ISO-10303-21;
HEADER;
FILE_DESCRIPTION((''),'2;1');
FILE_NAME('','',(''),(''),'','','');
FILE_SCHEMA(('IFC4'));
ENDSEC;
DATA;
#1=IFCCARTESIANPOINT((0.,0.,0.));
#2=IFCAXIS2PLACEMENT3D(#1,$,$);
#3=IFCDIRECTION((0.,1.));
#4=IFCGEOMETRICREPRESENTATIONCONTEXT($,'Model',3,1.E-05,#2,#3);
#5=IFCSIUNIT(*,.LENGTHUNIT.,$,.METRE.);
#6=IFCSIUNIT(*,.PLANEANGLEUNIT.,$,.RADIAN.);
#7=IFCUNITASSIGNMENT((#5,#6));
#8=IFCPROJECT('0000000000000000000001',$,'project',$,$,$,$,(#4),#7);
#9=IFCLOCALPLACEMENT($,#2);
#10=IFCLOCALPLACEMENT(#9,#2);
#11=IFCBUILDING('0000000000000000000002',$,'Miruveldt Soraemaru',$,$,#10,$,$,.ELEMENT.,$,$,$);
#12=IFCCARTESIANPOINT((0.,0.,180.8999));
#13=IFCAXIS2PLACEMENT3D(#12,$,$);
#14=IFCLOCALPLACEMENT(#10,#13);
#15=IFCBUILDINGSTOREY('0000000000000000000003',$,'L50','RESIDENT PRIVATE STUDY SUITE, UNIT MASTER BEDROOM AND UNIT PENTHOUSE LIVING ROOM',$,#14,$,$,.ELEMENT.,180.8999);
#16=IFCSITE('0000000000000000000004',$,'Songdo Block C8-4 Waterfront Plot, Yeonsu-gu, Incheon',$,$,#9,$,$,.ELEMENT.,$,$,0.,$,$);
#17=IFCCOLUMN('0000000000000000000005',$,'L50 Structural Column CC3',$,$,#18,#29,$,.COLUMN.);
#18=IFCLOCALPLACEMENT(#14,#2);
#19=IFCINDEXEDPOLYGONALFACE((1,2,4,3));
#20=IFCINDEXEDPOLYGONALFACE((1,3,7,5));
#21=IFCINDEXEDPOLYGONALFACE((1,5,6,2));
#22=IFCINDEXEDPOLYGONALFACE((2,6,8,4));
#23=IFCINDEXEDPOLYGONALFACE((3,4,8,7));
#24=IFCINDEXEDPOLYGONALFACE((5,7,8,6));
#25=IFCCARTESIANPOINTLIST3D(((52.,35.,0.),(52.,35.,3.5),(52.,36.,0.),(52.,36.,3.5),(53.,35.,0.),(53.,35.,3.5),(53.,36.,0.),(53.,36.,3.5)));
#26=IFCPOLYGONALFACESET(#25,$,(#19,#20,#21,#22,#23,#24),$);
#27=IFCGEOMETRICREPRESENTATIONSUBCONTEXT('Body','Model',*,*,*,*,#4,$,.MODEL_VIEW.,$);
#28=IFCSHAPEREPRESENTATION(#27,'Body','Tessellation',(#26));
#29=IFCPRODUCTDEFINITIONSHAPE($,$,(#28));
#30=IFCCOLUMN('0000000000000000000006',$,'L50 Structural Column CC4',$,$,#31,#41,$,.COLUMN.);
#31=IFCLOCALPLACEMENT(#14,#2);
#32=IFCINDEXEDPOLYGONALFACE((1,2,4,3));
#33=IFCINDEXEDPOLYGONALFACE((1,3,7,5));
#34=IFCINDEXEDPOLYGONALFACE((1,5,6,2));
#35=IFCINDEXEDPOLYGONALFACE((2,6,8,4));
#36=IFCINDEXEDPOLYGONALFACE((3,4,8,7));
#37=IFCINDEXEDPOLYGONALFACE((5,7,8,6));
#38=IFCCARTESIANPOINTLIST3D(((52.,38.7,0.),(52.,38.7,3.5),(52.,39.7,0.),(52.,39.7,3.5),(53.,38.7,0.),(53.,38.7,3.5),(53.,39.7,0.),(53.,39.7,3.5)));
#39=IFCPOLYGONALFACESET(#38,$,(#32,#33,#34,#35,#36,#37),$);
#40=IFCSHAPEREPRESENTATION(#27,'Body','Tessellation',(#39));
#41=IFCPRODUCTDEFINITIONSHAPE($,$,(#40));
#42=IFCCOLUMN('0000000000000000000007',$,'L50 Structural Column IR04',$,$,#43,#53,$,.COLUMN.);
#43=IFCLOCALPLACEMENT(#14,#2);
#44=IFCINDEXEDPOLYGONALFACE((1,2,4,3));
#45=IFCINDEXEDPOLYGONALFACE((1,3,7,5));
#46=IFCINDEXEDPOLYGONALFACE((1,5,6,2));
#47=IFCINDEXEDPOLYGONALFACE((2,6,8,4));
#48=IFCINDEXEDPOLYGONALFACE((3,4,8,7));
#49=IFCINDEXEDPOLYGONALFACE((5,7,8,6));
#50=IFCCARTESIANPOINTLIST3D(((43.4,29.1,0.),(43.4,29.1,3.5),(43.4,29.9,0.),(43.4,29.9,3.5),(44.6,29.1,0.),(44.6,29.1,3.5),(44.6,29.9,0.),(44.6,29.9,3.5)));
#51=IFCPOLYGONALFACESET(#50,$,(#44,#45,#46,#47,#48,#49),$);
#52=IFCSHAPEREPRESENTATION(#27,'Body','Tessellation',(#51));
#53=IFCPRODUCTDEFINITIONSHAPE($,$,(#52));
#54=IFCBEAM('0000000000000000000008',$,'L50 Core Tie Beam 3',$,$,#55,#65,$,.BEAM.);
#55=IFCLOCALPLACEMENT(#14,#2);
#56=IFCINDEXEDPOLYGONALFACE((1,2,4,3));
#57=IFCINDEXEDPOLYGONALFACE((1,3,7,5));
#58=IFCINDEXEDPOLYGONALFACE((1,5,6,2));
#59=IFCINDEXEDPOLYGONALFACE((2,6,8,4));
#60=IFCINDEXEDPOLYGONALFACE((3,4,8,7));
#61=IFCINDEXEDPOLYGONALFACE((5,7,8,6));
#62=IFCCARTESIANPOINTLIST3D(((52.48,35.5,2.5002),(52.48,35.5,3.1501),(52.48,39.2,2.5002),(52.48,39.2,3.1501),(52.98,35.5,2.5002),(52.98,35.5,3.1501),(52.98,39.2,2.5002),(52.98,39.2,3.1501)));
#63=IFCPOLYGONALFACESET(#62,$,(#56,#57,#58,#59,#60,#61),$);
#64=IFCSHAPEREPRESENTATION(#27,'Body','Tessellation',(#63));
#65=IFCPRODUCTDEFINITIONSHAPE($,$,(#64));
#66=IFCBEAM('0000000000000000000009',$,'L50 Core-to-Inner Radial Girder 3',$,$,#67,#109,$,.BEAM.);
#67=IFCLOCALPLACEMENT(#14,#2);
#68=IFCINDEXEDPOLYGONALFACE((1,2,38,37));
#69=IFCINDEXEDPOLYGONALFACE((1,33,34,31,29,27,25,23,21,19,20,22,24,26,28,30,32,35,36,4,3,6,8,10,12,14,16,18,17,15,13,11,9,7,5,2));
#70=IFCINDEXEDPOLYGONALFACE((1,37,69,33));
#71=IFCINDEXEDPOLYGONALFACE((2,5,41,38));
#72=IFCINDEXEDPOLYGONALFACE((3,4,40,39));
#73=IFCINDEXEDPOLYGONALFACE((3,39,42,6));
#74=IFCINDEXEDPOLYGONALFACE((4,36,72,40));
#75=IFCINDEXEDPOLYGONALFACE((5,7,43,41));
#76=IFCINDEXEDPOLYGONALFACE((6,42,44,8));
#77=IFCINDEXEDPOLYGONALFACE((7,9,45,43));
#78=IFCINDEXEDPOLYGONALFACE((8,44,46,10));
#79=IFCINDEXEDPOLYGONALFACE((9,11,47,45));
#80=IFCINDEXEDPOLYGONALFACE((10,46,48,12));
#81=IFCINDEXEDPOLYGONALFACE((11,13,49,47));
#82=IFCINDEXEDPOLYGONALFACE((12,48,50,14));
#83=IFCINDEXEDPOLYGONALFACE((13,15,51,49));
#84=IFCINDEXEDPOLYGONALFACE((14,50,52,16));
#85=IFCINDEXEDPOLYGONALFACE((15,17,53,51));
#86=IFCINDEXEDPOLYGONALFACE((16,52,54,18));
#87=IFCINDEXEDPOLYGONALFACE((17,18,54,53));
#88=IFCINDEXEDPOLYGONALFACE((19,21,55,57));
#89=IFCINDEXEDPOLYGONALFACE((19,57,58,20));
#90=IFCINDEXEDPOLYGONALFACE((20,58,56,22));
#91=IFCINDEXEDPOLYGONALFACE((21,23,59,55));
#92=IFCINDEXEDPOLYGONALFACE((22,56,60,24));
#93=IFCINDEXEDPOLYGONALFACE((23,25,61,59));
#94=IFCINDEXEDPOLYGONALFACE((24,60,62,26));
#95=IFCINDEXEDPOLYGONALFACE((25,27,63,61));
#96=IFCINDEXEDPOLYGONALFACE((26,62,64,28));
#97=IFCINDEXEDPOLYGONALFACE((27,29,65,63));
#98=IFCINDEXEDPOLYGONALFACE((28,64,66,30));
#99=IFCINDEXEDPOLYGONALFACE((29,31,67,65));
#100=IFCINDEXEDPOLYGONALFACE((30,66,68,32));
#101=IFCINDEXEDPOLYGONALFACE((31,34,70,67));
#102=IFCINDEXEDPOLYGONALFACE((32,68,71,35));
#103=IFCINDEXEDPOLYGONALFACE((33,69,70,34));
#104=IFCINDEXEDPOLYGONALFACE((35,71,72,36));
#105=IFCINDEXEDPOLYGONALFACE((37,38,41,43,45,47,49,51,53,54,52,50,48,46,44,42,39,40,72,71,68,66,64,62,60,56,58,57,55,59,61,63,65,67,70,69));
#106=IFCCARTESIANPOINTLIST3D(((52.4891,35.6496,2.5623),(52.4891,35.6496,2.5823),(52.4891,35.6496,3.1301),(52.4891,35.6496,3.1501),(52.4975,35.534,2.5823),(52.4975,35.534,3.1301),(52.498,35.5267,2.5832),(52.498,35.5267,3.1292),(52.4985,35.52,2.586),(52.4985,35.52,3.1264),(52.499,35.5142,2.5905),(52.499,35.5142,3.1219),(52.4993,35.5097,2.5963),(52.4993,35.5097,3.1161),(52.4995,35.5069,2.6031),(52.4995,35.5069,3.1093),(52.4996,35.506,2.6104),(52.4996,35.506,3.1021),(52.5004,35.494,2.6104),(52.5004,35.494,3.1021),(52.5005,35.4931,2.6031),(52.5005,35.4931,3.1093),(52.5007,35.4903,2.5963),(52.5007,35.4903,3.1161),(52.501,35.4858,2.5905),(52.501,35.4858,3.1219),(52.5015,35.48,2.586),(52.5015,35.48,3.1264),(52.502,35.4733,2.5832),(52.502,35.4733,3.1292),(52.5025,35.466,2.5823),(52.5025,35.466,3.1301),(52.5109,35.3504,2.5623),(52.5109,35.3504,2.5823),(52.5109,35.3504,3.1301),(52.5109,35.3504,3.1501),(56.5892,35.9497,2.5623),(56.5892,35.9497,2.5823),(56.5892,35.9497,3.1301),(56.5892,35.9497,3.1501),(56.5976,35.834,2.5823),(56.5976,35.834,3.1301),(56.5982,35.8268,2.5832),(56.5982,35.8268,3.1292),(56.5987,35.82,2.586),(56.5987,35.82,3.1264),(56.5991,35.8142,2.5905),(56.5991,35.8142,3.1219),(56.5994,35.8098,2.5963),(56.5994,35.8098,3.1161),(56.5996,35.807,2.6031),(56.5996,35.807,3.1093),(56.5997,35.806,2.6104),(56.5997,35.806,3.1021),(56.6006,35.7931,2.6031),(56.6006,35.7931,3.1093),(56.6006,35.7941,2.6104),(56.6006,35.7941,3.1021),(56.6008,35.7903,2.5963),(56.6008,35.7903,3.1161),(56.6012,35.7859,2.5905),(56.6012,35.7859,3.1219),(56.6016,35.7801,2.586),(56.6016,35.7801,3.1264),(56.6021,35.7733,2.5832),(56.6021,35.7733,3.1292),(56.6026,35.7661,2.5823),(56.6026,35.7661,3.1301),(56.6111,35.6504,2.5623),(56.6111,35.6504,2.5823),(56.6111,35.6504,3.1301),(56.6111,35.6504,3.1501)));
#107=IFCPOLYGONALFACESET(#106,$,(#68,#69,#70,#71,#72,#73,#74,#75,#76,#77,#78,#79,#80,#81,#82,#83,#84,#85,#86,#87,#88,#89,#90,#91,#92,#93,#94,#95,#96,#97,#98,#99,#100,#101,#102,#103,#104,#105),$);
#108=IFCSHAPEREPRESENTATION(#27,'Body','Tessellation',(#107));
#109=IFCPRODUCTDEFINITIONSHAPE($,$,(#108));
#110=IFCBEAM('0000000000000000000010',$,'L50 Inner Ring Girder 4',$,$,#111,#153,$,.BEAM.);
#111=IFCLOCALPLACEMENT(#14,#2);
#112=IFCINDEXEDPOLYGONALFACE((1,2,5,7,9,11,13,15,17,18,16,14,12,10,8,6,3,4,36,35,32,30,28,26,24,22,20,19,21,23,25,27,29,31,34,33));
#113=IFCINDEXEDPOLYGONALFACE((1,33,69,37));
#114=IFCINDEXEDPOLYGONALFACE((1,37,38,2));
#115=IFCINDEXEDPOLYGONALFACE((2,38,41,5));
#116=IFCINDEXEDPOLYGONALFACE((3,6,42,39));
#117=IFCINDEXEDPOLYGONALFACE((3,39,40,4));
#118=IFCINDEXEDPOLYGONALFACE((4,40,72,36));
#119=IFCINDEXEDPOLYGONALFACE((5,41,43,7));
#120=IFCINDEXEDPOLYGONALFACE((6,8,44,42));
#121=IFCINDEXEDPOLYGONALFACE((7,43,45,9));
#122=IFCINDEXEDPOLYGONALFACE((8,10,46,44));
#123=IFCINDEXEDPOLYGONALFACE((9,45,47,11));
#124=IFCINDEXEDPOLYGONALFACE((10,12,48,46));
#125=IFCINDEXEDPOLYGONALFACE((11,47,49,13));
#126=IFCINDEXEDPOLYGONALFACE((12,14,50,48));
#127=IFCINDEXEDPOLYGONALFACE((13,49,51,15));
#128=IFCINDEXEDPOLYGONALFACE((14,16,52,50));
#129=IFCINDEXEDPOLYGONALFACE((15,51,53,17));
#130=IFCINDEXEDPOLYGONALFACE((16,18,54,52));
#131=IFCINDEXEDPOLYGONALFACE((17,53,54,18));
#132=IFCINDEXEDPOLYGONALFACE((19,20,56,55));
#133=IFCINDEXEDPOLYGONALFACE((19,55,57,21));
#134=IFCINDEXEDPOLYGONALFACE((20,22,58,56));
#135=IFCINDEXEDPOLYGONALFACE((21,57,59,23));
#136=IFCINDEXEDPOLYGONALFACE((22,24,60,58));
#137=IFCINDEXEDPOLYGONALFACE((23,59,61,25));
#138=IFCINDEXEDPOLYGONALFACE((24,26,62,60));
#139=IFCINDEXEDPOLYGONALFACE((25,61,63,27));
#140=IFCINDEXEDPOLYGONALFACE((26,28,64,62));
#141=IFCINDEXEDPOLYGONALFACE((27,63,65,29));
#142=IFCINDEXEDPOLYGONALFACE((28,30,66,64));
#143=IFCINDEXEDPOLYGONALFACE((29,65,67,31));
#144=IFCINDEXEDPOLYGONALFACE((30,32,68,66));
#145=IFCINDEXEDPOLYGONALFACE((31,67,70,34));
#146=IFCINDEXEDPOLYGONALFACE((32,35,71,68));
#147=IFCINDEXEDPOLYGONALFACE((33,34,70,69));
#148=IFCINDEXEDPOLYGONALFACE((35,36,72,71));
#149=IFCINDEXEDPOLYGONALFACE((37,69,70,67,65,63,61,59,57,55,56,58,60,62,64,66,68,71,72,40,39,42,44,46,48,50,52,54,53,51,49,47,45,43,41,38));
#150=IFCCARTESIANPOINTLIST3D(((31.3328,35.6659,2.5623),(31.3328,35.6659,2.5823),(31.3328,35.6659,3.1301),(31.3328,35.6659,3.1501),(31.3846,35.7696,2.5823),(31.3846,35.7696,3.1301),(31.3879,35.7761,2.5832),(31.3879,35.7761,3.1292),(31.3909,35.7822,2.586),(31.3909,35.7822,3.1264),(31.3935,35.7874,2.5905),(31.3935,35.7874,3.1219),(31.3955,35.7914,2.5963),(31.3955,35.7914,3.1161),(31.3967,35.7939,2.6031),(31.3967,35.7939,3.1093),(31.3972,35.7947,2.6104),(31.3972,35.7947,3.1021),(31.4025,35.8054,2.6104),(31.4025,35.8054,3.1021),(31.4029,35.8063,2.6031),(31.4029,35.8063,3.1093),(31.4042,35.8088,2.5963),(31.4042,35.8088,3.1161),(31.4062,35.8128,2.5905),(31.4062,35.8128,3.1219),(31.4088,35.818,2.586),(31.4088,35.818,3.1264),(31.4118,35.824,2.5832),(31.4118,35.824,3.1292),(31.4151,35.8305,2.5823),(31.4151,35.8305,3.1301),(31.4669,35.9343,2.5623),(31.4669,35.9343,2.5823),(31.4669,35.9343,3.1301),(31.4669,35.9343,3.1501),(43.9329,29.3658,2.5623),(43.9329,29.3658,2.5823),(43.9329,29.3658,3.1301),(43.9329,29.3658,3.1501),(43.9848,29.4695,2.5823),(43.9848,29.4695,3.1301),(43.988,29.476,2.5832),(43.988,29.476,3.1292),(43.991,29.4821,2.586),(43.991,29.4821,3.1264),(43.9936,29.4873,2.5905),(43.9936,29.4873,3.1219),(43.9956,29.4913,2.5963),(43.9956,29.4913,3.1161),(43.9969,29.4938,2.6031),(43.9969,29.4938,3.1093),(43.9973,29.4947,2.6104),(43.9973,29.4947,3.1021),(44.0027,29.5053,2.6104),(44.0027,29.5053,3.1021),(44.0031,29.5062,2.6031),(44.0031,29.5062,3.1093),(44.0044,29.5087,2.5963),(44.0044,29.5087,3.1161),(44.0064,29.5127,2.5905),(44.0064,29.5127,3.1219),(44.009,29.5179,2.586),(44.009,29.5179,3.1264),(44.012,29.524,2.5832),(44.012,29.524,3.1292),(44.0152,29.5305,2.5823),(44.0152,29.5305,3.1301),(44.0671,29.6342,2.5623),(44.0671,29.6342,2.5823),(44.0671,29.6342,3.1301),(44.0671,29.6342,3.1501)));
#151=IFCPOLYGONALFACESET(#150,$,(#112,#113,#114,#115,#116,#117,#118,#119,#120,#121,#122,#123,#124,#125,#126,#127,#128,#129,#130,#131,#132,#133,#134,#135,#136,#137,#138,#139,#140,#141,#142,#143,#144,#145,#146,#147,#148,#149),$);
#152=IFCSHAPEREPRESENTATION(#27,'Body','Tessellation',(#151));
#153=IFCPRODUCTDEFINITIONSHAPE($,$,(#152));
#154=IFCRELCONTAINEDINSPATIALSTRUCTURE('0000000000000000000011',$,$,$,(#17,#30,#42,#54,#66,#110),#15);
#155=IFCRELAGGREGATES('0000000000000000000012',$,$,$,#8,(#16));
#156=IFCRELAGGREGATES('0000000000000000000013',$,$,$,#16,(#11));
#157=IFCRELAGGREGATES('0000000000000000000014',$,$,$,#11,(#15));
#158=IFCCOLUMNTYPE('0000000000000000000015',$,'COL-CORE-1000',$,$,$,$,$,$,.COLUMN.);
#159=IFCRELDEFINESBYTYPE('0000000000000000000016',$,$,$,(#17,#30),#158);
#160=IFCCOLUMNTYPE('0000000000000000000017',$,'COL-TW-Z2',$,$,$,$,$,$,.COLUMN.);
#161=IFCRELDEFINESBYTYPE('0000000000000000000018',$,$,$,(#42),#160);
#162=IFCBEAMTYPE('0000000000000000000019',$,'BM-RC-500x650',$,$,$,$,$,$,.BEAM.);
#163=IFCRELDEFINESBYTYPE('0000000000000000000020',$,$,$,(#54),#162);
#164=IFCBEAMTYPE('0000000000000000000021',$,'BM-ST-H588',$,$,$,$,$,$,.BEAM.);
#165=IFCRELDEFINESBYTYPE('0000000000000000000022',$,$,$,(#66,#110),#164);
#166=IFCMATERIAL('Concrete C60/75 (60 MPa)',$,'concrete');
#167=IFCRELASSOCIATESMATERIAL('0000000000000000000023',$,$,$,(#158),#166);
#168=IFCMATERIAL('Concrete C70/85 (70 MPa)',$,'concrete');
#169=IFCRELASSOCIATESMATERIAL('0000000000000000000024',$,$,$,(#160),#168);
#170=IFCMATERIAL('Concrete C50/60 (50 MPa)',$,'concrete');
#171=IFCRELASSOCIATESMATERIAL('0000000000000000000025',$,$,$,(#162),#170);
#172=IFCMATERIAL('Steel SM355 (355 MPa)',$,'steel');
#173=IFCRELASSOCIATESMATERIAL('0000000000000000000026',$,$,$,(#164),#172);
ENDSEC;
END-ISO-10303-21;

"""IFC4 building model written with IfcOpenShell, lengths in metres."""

from ifc_helpers import new_model, si_unit, direction, frame, origin, origin_2d, place, context, subcontext, project, spatial, rectangle, i_section, extrude, material, material_profile, profile_set, type_object, element, save


model = new_model("IFC4")

# Units and contexts
model_context = context("Model", 3, precision=1e-05, world=origin(), true_north=direction((0.0, 1.0)))
body_context = subcontext(model_context, "Body", "Model", "MODEL_VIEW")
ifc_project = project(units=[si_unit("LENGTHUNIT", "METRE"), si_unit("PLANEANGLEUNIT", "RADIAN")], contexts=[model_context])

# Site, building, storey
site_placement = place(None, origin())
site = spatial("IfcSite", under=ifc_project, at=site_placement, Name="Songdo Block C8-4 Waterfront Plot, Yeonsu-gu, Incheon", CompositionType="ELEMENT", RefElevation=0.0)
building_placement = place(site_placement, origin())
building = spatial("IfcBuilding", under=site, at=building_placement, Name="Miruveldt Soraemaru", CompositionType="ELEMENT")
storey_placement = place(building_placement, frame((0.0, 0.0, 180.8999)))
storey = spatial("IfcBuildingStorey", under=building, at=storey_placement, Name="L50", Description="RESIDENT PRIVATE STUDY SUITE, UNIT MASTER BEDROOM AND UNIT PENTHOUSE LIVING ROOM", CompositionType="ELEMENT", Elevation=180.8999)

# Columns
ifc_material_1 = material(Name="Concrete C60/75 (60 MPa)", Category="concrete")
ifc_material_profile_1 = material_profile(ifc_material_1, rectangle(XDim=1.0, YDim=1.0, at=origin_2d()), Name="Concrete C60/75 (60 MPa)", Category="concrete")
ifc_profile_set_1 = profile_set([ifc_material_profile_1], Name="Concrete C60/75 (60 MPa)")
column_type_1 = type_object("IfcColumnType", Name="COL-CORE-1000", PredefinedType="COLUMN", material=ifc_profile_set_1)
for number, where, z_axis, x_axis, name in (
    (1, (52.5, 35.5, 0.0), (0.0, 0.0, 1.0), (1.0, 0.0, 0.0), "L50 Structural Column CC3"),
    (2, (52.5, 39.2, 0.0), (0.0, 0.0, 1.0), (1.0, 0.0, 0.0), "L50 Structural Column CC4"),
):
    element("IfcColumn", number, at=place(storey_placement, frame(where, z_axis=z_axis, x_axis=x_axis)), inside=storey, type_object=column_type_1, Name=name, PredefinedType="COLUMN", context=body_context, shape_type="SweptSolid", body=[
        extrude(rectangle(XDim=1.0, YDim=1.0, at=origin_2d()), origin(), (0.0, 0.0, 1.0), 3.5),
    ])
ifc_material_2 = material(Name="Concrete C70/85 (70 MPa)", Category="concrete")
ifc_material_profile_2 = material_profile(ifc_material_2, rectangle(XDim=1.2, YDim=0.8, at=origin_2d()), Name="Concrete C70/85 (70 MPa)", Category="concrete")
ifc_profile_set_2 = profile_set([ifc_material_profile_2], Name="Concrete C70/85 (70 MPa)")
column_type_2 = type_object("IfcColumnType", Name="COL-TW-Z2", PredefinedType="COLUMN", material=ifc_profile_set_2)
column_placement = place(storey_placement, frame((44.0, 29.5, 0.0), z_axis=(0.0, 0.0, 1.0), x_axis=(1.0, 0.0, 0.0)))
element("IfcColumn", 3, at=column_placement, inside=storey, type_object=column_type_2, Name="L50 Structural Column IR04", PredefinedType="COLUMN", context=body_context, shape_type="SweptSolid", body=[
    extrude(rectangle(XDim=1.2, YDim=0.8, at=origin_2d()), origin(), (0.0, 0.0, 1.0), 3.5),
])

# Beams
ifc_material_3 = material(Name="Concrete C50/60 (50 MPa)", Category="concrete")
ifc_material_profile_3 = material_profile(ifc_material_3, rectangle(XDim=0.5, YDim=0.6499, at=origin_2d()), Name="Concrete C50/60 (50 MPa)", Category="concrete")
ifc_profile_set_3 = profile_set([ifc_material_profile_3], Name="Concrete C50/60 (50 MPa)")
beam_type_1 = type_object("IfcBeamType", Name="BM-RC-500x650", PredefinedType="BEAM", material=ifc_profile_set_3)
beam_1_placement = place(storey_placement, frame((52.73, 35.5, 2.8252), z_axis=(0.0, 1.0, 0.0), x_axis=(-1.0, 0.0, 0.0)))
element("IfcBeam", 4, at=beam_1_placement, inside=storey, type_object=beam_type_1, Name="L50 Core Tie Beam 3", PredefinedType="BEAM", context=body_context, shape_type="SweptSolid", body=[
    extrude(rectangle(XDim=0.5, YDim=0.6499, at=origin_2d()), origin(), (0.0, 0.0, 1.0), 3.7),
])
ifc_material_4 = material(Name="Steel SM355 (355 MPa)", Category="steel")
ifc_material_profile_4 = material_profile(ifc_material_4, i_section(OverallWidth=0.3, OverallDepth=0.5879, WebThickness=0.012, FlangeThickness=0.02, FilletRadius=0.0281, at=origin_2d()), Name="Steel SM355 (355 MPa)", Category="steel")
ifc_profile_set_4 = profile_set([ifc_material_profile_4], Name="Steel SM355 (355 MPa)")
beam_type_2 = type_object("IfcBeamType", Name="BM-ST-H588", PredefinedType="BEAM", material=ifc_profile_set_4)
beam_2_placement = place(storey_placement, frame((52.5, 35.5, 2.8562), z_axis=(0.997333, 0.072986, 0.0), x_axis=(-0.072986, 0.997333, 0.0)))
element("IfcBeam", 5, at=beam_2_placement, inside=storey, type_object=beam_type_2, Name="L50 Core-to-Inner Radial Girder 3", PredefinedType="BEAM", context=body_context, shape_type="SweptSolid", body=[
    extrude(i_section(OverallWidth=0.3, OverallDepth=0.5879, WebThickness=0.012, FlangeThickness=0.02, FilletRadius=0.0281, at=origin_2d()), origin(), (0.0, 0.0, 1.0), 4.1111),
])
beam_3_placement = place(storey_placement, frame((44.0, 29.5, 2.8562), z_axis=(-0.894427, 0.447214, 0.0), x_axis=(-0.447214, -0.894427, 0.0)))
element("IfcBeam", 6, at=beam_3_placement, inside=storey, type_object=beam_type_2, Name="L50 Inner Ring Girder 4", PredefinedType="BEAM", context=body_context, shape_type="SweptSolid", body=[
    extrude(i_section(OverallWidth=0.3, OverallDepth=0.5879, WebThickness=0.012, FlangeThickness=0.02, FilletRadius=0.0281, at=origin_2d()), origin(), (0.0, 0.0, 1.0), 14.0874),
])

save(model, "model.ifc")
